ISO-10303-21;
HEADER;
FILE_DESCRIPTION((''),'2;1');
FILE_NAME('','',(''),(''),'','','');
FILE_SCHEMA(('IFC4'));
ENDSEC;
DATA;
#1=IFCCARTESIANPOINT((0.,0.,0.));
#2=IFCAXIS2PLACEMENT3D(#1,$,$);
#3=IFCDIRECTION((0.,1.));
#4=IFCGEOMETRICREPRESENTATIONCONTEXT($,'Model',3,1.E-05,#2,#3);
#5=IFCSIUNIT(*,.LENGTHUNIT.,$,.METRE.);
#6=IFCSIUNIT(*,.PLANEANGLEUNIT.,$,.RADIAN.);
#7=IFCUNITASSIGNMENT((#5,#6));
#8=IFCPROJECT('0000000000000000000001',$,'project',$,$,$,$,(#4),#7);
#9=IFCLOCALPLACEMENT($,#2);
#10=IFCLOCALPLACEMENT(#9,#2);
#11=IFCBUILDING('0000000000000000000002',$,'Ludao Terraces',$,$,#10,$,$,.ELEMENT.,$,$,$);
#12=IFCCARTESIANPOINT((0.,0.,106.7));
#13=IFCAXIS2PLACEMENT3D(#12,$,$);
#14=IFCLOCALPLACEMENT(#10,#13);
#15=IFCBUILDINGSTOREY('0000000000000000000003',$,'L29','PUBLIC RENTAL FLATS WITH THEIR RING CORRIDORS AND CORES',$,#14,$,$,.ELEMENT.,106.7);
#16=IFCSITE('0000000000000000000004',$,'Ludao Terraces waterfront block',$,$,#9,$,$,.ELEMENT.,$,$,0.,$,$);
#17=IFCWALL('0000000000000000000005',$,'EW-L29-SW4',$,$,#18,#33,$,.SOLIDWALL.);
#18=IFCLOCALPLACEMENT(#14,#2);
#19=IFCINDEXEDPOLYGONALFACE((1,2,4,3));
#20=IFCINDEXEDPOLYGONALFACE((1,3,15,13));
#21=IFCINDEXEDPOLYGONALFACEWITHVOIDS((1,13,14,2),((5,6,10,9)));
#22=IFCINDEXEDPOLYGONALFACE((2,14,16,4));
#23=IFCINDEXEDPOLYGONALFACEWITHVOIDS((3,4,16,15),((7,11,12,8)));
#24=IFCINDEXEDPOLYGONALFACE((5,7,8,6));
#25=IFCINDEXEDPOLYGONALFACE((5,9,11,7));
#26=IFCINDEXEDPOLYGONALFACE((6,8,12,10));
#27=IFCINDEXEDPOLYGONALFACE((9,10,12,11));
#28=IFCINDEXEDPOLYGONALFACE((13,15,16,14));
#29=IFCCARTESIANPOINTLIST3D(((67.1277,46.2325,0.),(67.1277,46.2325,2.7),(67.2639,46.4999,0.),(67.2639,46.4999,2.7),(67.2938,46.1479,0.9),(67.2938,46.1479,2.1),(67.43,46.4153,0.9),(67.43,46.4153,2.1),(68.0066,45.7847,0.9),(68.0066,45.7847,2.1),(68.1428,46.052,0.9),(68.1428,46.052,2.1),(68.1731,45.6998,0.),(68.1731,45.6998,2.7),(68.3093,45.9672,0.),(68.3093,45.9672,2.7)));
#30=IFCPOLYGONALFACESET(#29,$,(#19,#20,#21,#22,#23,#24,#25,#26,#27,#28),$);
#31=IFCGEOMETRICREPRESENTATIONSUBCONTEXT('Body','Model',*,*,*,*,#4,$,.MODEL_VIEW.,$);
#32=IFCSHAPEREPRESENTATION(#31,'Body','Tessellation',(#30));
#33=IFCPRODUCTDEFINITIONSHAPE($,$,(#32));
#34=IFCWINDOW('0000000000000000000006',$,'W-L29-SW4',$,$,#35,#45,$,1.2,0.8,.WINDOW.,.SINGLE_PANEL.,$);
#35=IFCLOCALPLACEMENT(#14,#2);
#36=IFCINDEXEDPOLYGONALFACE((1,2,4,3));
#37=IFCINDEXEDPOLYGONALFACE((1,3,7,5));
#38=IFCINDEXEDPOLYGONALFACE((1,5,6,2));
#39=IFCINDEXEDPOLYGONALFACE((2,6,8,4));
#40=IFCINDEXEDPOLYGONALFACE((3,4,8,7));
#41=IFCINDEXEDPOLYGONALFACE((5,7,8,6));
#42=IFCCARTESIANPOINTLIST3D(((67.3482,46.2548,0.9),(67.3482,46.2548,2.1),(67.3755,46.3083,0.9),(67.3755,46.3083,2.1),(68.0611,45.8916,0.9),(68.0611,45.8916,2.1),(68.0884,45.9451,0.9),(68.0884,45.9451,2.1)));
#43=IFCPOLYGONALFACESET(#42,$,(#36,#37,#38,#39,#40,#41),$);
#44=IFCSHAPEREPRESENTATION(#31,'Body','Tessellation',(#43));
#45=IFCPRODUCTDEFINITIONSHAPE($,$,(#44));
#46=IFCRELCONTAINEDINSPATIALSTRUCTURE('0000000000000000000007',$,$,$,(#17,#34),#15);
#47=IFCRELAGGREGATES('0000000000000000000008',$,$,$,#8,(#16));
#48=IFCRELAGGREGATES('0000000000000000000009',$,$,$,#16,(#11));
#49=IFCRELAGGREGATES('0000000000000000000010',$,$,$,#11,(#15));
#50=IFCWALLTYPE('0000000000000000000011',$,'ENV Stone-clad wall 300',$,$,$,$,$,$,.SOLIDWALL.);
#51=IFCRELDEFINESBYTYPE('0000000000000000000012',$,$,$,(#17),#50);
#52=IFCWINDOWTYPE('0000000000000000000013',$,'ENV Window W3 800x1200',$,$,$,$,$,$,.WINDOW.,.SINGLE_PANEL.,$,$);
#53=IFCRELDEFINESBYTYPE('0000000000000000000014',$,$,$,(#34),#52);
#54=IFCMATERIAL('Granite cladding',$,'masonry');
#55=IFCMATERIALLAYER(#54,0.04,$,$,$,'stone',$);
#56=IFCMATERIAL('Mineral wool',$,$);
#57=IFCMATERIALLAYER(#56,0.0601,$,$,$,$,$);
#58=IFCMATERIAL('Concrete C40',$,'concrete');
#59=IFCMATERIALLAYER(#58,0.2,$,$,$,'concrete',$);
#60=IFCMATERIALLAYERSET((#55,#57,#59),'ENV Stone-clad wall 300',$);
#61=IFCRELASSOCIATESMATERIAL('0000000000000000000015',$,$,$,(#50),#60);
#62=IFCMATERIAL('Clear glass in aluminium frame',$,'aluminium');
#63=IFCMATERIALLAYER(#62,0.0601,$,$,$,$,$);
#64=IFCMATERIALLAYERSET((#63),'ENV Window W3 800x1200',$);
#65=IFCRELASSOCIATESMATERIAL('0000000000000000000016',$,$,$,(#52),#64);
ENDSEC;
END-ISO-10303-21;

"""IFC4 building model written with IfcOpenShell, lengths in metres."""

from ifc_helpers import new_model, si_unit, direction, frame, frame_2d, origin, place, context, subcontext, project, spatial, rectangle, extrude, material, layer, layer_set, type_object, element, fill, save


model = new_model("IFC4")

# Units and contexts
model_context = context("Model", 3, precision=1e-05, world=origin(), true_north=direction((0.0, 1.0)))
body_context = subcontext(model_context, "Body", "Model", "MODEL_VIEW")
ifc_project = project(units=[si_unit("LENGTHUNIT", "METRE"), si_unit("PLANEANGLEUNIT", "RADIAN")], contexts=[model_context])

# Site, building, storey
site_placement = place(None, origin())
site = spatial("IfcSite", under=ifc_project, at=site_placement, Name="Ludao Terraces waterfront block", CompositionType="ELEMENT", RefElevation=0.0)
building_placement = place(site_placement, origin())
building = spatial("IfcBuilding", under=site, at=building_placement, Name="Ludao Terraces", CompositionType="ELEMENT")
storey_placement = place(building_placement, frame((0.0, 0.0, 106.7)))
storey = spatial("IfcBuildingStorey", under=building, at=storey_placement, Name="L29", Description="PUBLIC RENTAL FLATS WITH THEIR RING CORRIDORS AND CORES", CompositionType="ELEMENT", Elevation=106.7)

# Shared definitions
ifc_material_1 = material(Name="Concrete C40", Category="concrete")

# Shared definitions
ifc_material_2 = material(Name="Granite cladding", Category="masonry")
ifc_layer_1 = layer(ifc_material_2, 0.04, Category="stone")
ifc_material_3 = material(Name="Mineral wool")
ifc_layer_2 = layer(ifc_material_3, 0.0601)
ifc_layer_3 = layer(ifc_material_1, 0.2, Category="concrete")
ifc_layer_set_1 = layer_set([ifc_layer_1, ifc_layer_2, ifc_layer_3], Name="ENV Stone-clad wall 300")
wall_type_1 = type_object("IfcWallType", Name="ENV Stone-clad wall 300", PredefinedType="SOLIDWALL", material=ifc_layer_set_1)
ifc_material_4 = material(Name="Clear glass in aluminium frame", Category="aluminium")

# Wall, opening, window
ifc_layer_4 = layer(ifc_material_4, 0.0601)
ifc_layer_set_2 = layer_set([ifc_layer_4], Name="ENV Window W3 800x1200")
window_type_1 = type_object("IfcWindowType", Name="ENV Window W3 800x1200", PartitioningType="SINGLE_PANEL", PredefinedType="WINDOW", material=ifc_layer_set_2)
wall_1_placement = place(storey_placement, frame((67.1958, 46.3662, 0.0), z_axis=(0.0, 0.0, 1.0), x_axis=(0.890989, -0.454026, 0.0)))
wall_1 = element("IfcWall", 1, at=wall_1_placement, inside=storey, type_object=wall_type_1, Name="EW-L29-SW4", PredefinedType="SOLIDWALL", context=body_context, shape_type="SweptSolid", body=[
    extrude(rectangle(XDim=1.1733, YDim=0.3, at=frame_2d((0.5867, 0.0))), origin(), (0.0, 0.0, 1.0), 2.7),
])
opening_1_placement = place(wall_1_placement, frame((0.1865, 0.0, 0.8999)))
opening_1 = element("IfcOpeningElement", 2, at=opening_1_placement, cuts=wall_1, PredefinedType="OPENING", context=body_context, shape_type="SweptSolid", body=[
    extrude(rectangle(XDim=0.8, YDim=1.2, at=frame_2d((0.3999, 0.6001))), frame((0.0, 0.1602, 0.0), z_axis=(0.0, -1.0, 0.0), x_axis=(1.0, 0.0, 0.0)), (0.0, 0.0, 1.0), 0.3201),
])
window_1_placement = place(opening_1_placement, origin())
window_1 = element("IfcWindow", 3, at=window_1_placement, inside=storey, type_object=window_type_1, Name="W-L29-SW4", OverallHeight=1.2, OverallWidth=0.8, PartitioningType="SINGLE_PANEL", PredefinedType="WINDOW", context=body_context, shape_type="SweptSolid", body=[
    extrude(rectangle(XDim=0.8, YDim=1.2, at=frame_2d((0.3999, 0.6001))), frame((0.0, 0.03, 0.0), z_axis=(0.0, -1.0, 0.0), x_axis=(1.0, 0.0, 0.0)), (0.0, 0.0, 1.0), 0.0601),
])
fill(opening_1, window_1)

save(model, "model.ifc")
